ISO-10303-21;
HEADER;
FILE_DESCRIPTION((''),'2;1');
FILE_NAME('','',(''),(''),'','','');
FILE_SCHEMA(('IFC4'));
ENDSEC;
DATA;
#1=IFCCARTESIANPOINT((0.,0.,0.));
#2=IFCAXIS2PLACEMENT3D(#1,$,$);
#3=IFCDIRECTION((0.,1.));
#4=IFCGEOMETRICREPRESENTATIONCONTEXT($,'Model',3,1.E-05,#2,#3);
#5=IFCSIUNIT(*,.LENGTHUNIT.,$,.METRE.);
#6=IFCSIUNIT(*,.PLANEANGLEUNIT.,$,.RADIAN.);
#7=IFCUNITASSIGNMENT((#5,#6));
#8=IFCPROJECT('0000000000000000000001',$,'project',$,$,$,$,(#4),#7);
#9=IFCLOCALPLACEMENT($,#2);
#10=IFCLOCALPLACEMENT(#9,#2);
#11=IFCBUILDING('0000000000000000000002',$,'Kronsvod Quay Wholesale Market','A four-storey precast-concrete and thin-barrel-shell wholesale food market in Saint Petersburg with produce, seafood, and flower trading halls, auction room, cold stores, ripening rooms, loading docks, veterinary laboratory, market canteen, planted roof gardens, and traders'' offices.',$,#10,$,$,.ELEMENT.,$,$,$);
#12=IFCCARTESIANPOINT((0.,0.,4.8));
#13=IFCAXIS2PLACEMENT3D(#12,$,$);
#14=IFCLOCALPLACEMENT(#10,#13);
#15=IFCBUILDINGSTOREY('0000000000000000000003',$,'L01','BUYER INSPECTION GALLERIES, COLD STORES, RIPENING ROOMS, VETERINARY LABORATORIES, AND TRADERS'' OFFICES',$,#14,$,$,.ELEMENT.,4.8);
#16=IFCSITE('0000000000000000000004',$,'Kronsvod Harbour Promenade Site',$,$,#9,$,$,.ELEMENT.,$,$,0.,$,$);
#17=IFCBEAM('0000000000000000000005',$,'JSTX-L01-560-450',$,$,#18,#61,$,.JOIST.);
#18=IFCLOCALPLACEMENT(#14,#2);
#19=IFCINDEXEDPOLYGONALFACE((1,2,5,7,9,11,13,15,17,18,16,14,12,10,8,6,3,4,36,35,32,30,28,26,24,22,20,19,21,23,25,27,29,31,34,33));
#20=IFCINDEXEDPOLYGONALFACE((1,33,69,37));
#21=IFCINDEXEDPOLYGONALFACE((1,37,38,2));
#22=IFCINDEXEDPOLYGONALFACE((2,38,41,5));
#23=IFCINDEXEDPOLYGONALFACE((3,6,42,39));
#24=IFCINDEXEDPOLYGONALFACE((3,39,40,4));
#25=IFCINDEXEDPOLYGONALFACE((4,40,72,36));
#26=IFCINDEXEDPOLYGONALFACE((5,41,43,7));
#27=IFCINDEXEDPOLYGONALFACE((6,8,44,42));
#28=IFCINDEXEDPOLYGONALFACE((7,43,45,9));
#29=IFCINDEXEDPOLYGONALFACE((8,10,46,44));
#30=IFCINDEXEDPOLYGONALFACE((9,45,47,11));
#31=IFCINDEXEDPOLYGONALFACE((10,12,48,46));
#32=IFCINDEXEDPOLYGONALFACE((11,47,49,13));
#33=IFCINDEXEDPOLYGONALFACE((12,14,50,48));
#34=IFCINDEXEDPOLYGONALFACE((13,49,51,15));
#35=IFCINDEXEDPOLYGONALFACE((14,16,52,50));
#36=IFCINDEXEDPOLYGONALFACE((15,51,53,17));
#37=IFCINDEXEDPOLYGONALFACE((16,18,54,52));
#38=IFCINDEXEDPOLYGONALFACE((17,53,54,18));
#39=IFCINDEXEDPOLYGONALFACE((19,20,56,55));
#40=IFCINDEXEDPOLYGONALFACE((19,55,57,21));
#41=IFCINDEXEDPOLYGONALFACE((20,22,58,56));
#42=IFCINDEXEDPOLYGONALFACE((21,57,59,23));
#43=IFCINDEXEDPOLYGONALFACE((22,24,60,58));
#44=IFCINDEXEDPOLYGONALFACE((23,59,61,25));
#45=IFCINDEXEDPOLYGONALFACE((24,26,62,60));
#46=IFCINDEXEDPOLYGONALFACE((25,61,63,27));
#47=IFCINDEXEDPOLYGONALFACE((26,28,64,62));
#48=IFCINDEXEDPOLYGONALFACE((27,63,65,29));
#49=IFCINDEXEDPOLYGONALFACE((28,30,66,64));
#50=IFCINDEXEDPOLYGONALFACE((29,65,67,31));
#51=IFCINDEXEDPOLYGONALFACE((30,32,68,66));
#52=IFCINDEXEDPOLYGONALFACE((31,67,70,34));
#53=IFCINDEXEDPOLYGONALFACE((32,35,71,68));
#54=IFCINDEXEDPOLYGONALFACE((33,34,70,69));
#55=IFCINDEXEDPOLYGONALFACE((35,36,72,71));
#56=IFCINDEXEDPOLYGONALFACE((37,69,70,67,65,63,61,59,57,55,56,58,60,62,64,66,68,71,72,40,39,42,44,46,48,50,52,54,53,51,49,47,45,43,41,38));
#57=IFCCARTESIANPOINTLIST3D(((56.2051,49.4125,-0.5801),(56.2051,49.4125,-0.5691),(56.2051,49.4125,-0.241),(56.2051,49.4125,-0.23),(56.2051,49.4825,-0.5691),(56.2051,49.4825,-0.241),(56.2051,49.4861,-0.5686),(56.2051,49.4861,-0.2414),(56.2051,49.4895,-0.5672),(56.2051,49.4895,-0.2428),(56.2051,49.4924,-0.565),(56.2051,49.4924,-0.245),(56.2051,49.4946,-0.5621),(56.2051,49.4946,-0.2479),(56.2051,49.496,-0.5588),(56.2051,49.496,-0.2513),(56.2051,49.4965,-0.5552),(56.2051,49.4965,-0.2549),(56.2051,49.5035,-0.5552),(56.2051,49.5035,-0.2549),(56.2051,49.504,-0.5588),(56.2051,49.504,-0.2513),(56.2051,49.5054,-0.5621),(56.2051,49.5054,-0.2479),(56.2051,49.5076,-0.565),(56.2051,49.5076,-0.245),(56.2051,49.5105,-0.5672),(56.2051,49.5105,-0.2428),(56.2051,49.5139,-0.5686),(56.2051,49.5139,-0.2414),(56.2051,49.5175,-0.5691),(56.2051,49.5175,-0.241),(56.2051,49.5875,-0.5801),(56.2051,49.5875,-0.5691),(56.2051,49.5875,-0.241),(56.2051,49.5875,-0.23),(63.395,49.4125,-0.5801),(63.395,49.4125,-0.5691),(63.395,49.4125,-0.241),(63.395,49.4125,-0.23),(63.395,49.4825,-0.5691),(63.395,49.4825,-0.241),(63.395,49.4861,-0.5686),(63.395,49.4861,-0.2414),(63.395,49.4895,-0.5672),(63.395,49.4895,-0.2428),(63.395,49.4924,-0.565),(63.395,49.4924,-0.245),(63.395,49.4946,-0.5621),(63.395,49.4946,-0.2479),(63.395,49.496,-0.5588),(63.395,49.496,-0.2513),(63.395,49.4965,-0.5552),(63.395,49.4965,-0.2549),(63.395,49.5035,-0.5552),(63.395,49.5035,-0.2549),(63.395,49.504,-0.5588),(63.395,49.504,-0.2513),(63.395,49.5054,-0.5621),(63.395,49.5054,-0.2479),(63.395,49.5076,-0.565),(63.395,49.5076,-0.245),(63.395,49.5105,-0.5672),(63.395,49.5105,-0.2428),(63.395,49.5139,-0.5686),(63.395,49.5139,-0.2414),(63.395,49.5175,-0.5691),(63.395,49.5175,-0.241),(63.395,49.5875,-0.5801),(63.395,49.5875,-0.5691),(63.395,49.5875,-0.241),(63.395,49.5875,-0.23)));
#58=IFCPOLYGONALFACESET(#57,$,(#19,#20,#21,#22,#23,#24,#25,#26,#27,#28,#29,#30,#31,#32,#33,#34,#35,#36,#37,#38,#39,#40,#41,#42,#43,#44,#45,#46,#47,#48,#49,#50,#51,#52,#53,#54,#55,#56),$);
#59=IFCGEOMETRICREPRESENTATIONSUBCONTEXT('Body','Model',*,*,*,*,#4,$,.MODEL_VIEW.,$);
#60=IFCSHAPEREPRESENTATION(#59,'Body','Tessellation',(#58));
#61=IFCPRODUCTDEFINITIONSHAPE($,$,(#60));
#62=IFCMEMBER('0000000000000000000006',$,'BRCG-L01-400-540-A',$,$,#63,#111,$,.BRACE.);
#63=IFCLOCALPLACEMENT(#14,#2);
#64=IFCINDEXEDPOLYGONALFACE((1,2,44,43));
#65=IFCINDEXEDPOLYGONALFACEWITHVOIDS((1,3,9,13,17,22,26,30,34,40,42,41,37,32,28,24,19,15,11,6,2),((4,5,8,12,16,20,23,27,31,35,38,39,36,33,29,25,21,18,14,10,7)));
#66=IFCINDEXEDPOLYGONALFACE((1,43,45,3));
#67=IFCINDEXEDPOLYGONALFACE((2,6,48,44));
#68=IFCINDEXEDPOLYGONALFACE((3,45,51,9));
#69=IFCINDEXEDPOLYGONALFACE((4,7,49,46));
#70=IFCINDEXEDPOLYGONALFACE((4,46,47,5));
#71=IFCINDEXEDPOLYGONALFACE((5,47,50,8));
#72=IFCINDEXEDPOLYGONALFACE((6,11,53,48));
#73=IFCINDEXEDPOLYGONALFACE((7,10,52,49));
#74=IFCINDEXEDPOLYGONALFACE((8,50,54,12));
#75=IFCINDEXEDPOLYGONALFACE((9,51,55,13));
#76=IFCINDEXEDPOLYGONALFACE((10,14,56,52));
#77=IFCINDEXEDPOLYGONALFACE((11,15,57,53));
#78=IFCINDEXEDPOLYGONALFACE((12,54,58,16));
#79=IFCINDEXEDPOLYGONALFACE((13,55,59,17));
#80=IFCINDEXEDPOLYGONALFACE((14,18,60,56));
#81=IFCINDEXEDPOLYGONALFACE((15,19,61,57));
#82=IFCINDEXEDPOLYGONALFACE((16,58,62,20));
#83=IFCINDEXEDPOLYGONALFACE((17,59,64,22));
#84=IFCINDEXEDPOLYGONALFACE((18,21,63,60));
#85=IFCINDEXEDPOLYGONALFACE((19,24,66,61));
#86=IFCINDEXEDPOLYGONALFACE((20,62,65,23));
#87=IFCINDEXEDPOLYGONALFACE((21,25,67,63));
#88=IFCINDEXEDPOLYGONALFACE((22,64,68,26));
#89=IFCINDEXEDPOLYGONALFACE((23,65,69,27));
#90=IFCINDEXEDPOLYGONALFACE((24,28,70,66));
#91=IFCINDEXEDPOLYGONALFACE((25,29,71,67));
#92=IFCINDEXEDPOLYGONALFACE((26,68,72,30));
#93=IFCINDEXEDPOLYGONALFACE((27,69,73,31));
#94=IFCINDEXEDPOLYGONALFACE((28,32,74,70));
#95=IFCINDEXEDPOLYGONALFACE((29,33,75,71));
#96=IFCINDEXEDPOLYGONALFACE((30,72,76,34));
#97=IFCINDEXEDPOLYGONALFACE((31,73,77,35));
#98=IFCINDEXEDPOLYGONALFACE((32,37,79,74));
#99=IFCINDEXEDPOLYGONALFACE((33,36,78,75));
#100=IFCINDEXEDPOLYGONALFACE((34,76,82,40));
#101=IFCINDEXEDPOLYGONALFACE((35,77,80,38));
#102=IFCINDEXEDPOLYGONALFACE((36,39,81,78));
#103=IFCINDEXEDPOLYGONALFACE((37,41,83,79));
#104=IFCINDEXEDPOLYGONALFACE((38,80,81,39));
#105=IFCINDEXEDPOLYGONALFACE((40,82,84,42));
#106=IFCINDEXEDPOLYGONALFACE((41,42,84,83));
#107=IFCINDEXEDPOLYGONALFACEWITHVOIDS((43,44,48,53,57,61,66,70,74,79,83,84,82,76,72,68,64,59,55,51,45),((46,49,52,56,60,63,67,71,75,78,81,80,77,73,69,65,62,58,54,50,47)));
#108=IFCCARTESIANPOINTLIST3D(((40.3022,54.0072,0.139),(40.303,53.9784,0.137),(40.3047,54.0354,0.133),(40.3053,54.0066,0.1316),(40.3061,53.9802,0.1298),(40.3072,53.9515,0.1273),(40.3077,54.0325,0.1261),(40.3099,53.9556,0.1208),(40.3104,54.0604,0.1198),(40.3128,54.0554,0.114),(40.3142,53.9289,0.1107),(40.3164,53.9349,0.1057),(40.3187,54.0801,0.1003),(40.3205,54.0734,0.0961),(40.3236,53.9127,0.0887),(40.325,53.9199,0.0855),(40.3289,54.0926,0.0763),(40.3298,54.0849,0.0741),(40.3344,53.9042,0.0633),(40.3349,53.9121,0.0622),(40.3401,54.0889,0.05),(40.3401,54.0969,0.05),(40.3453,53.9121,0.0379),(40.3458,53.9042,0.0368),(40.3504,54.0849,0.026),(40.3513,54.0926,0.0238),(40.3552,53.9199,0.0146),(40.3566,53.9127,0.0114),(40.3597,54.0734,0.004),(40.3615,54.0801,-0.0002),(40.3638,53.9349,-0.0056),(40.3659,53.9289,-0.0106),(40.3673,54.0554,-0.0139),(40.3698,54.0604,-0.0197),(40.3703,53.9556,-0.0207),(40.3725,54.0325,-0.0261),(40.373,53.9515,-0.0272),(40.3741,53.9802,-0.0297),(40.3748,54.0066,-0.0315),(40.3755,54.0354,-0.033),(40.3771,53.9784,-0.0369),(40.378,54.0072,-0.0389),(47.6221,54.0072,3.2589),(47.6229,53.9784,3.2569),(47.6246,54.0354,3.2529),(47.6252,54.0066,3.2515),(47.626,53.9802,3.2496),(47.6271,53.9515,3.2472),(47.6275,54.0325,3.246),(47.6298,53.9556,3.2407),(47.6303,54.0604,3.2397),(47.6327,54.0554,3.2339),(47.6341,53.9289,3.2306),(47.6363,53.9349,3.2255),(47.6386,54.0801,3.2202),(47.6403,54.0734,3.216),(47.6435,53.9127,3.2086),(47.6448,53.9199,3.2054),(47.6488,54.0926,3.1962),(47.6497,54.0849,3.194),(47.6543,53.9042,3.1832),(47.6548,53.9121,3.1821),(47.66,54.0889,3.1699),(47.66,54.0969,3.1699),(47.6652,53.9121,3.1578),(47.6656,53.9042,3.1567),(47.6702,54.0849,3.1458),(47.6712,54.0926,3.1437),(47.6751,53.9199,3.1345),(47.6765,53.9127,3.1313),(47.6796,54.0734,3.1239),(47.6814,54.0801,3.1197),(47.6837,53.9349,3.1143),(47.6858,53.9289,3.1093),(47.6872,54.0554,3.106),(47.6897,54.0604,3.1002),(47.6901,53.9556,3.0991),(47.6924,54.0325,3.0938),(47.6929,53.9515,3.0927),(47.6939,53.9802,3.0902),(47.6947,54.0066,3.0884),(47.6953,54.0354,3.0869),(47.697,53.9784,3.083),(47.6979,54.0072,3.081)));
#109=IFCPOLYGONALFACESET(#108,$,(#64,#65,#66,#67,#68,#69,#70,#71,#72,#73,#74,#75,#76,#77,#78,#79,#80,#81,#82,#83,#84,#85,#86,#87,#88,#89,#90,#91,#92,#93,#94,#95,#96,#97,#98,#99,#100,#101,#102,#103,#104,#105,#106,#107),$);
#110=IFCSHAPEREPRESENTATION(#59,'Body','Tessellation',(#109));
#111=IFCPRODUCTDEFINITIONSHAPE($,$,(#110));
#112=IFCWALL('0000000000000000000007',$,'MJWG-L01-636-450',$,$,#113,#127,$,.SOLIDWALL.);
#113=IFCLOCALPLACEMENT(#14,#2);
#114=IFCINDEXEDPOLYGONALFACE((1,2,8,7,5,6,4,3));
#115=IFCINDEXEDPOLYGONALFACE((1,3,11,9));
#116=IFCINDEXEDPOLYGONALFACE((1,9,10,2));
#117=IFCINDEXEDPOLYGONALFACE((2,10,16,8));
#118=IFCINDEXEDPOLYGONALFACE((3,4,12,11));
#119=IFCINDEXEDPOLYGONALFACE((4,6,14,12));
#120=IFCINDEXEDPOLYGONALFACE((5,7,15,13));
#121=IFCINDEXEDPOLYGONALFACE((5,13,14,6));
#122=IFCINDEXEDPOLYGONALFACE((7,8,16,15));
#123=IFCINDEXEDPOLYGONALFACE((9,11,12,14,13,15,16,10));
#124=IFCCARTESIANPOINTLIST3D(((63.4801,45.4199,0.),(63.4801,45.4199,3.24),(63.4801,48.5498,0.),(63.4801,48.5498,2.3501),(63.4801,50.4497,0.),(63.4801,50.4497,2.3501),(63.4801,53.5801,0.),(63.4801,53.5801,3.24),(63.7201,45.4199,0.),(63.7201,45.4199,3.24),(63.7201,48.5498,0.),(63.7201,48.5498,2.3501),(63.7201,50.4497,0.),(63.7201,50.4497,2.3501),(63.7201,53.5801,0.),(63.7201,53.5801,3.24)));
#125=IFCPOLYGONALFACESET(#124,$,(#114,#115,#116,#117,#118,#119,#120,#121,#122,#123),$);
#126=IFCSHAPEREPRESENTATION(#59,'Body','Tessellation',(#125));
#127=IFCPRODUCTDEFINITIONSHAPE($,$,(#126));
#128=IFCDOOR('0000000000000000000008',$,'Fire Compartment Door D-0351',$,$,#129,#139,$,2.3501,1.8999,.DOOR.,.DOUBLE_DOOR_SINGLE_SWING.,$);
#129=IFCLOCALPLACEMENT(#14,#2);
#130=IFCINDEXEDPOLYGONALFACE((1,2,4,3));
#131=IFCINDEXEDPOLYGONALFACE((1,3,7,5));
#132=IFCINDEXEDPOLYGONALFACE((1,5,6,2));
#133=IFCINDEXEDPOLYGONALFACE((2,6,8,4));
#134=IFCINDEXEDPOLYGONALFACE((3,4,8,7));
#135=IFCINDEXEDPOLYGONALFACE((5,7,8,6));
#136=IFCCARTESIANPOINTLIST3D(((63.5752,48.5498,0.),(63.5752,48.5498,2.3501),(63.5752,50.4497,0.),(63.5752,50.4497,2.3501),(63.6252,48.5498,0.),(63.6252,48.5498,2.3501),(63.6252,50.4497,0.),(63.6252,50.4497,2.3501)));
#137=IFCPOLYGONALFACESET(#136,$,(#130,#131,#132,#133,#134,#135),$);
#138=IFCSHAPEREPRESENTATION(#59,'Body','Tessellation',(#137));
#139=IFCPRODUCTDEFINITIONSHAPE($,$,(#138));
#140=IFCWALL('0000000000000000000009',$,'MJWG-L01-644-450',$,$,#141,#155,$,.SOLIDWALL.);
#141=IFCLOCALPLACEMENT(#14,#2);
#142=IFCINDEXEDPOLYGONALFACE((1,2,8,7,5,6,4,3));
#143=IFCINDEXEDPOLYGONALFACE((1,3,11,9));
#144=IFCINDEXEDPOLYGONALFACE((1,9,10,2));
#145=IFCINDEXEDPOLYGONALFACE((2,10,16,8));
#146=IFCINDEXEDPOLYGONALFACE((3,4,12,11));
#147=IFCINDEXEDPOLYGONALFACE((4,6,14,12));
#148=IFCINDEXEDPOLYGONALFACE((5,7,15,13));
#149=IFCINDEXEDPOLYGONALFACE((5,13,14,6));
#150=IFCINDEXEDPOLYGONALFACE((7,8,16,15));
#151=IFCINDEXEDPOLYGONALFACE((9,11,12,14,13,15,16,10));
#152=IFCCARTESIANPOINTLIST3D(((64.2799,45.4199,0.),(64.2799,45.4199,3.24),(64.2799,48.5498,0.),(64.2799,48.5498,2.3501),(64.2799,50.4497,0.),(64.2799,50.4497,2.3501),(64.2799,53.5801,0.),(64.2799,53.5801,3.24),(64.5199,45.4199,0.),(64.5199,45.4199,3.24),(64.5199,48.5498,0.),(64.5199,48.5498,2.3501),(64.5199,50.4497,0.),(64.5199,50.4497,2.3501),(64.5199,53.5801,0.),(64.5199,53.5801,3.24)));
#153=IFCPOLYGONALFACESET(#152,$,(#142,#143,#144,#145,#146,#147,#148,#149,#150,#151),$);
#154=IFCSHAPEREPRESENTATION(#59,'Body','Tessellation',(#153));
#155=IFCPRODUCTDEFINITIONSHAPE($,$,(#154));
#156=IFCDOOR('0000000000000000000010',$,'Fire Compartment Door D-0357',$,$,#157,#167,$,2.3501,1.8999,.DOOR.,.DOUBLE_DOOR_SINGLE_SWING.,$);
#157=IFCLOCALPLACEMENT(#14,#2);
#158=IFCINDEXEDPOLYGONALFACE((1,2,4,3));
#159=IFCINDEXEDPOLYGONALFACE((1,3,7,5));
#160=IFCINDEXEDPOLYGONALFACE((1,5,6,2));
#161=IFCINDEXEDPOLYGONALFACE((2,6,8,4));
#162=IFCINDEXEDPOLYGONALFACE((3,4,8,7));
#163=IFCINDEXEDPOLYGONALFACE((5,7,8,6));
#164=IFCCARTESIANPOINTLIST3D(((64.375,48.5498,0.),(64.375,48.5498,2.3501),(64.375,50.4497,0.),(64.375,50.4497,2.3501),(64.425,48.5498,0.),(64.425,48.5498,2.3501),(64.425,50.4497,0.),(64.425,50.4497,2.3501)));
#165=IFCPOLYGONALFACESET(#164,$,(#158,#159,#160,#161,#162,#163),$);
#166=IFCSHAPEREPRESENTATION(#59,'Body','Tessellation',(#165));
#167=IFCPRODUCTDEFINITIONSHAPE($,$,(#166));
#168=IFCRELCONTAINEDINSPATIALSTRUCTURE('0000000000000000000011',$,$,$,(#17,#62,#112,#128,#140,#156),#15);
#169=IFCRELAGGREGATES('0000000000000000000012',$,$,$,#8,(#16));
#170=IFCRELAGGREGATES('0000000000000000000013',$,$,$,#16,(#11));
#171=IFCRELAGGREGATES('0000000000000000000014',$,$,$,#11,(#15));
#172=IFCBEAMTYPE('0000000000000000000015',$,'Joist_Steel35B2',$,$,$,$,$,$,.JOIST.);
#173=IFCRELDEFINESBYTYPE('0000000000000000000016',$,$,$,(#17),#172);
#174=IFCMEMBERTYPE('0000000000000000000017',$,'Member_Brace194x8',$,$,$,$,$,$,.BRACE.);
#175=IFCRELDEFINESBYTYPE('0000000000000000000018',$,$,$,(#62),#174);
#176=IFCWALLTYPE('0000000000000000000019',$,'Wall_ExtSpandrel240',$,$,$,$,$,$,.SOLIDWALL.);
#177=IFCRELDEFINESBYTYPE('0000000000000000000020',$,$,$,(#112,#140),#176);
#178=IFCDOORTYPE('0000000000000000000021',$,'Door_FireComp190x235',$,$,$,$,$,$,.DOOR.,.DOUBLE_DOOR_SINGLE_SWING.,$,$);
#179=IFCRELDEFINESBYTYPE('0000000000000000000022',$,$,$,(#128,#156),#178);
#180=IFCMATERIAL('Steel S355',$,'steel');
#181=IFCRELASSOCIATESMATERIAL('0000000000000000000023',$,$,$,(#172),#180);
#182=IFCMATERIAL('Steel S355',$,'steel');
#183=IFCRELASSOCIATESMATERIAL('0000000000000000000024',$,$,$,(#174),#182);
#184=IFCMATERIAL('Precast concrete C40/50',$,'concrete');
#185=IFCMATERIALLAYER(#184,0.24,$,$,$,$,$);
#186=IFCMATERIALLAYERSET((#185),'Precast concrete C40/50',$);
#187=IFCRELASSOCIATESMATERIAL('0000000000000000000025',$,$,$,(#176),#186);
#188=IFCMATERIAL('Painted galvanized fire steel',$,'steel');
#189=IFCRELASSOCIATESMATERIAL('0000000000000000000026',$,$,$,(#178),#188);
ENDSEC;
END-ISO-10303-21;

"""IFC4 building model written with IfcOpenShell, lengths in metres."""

from ifc_helpers import new_model, si_unit, direction, frame, frame_2d, origin, origin_2d, place, context, subcontext, project, spatial, rectangle, hollow_circle, i_section, extrude, material, layer, layer_set, material_profile, profile_set, type_object, element, fill, save


model = new_model("IFC4")

# Units and contexts
model_context = context("Model", 3, precision=1e-05, world=origin(), true_north=direction((0.0, 1.0)))
body_context = subcontext(model_context, "Body", "Model", "MODEL_VIEW")
ifc_project = project(units=[si_unit("LENGTHUNIT", "METRE"), si_unit("PLANEANGLEUNIT", "RADIAN")], contexts=[model_context])

# Site, building, storey
site_placement = place(None, origin())
site = spatial("IfcSite", under=ifc_project, at=site_placement, Name="Kronsvod Harbour Promenade Site", CompositionType="ELEMENT", RefElevation=0.0)
building_placement = place(site_placement, origin())
building = spatial("IfcBuilding", under=site, at=building_placement, Name="Kronsvod Quay Wholesale Market", Description="A four-storey precast-concrete and thin-barrel-shell wholesale food market in Saint Petersburg with produce, seafood, and flower trading halls, auction room, cold stores, ripening rooms, loading docks, veterinary laboratory, market canteen, planted roof gardens, and traders' offices.", CompositionType="ELEMENT")
storey_placement = place(building_placement, frame((0.0, 0.0, 4.8)))
storey = spatial("IfcBuildingStorey", under=building, at=storey_placement, Name="L01", Description="BUYER INSPECTION GALLERIES, COLD STORES, RIPENING ROOMS, VETERINARY LABORATORIES, AND TRADERS' OFFICES", CompositionType="ELEMENT", Elevation=4.8)

# Beam
ifc_material_1 = material(Name="Steel S355", Category="steel")
ifc_material_profile_1 = material_profile(ifc_material_1, i_section(OverallWidth=0.175, OverallDepth=0.3501, WebThickness=0.0071, FlangeThickness=0.011, FilletRadius=0.0139, at=origin_2d()), Name="35B2")
ifc_profile_set_1 = profile_set([ifc_material_profile_1], Name="Steel S355")
beam_type_1 = type_object("IfcBeamType", Name="Joist_Steel35B2", PredefinedType="JOIST", material=ifc_profile_set_1)
beam_1_placement = place(storey_placement, frame((56.2051, 49.5, -0.405), z_axis=(1.0, 0.0, 0.0), x_axis=(0.0, 1.0, 0.0)))
element("IfcBeam", 1, at=beam_1_placement, inside=storey, type_object=beam_type_1, Name="JSTX-L01-560-450", PredefinedType="JOIST", context=body_context, shape_type="SweptSolid", body=[
    extrude(i_section(OverallWidth=0.175, OverallDepth=0.3501, WebThickness=0.0071, FlangeThickness=0.011, FilletRadius=0.0139, at=origin_2d()), origin(), (0.0, 0.0, 1.0), 7.1899),
])

# Member
ifc_material_2 = material(Name="Steel S355", Category="steel")
ifc_material_profile_2 = material_profile(ifc_material_2, hollow_circle(Radius=0.0969, WallThickness=0.0081, at=origin_2d()), Name="CHS194x8")
ifc_profile_set_2 = profile_set([ifc_material_profile_2], Name="Steel S355")
member_type = type_object("IfcMemberType", Name="Member_Brace194x8", PredefinedType="BRACE", material=ifc_profile_set_2)
member_placement = place(storey_placement, frame((40.3401, 54.0, 0.05), z_axis=(0.919926, 0.0, 0.392093), x_axis=(0.0, 1.0, 0.0)))
element("IfcMember", 2, at=member_placement, inside=storey, type_object=member_type, Name="BRCG-L01-400-540-A", PredefinedType="BRACE", context=body_context, shape_type="SweptSolid", body=[
    extrude(hollow_circle(Radius=0.0969, WallThickness=0.0081, at=origin_2d()), origin(), (0.0, 0.0, 1.0), 7.957),
])

# Walls, openings, doors
ifc_material_3 = material(Name="Precast concrete C40/50", Category="concrete")
ifc_layer_1 = layer(ifc_material_3, 0.24)
ifc_layer_set_1 = layer_set([ifc_layer_1], Name="Precast concrete C40/50")
wall_type_1 = type_object("IfcWallType", Name="Wall_ExtSpandrel240", PredefinedType="SOLIDWALL", material=ifc_layer_set_1)
wall_1_placement = place(storey_placement, frame((63.6001, 45.4199, 0.0), z_axis=(0.0, 0.0, 1.0), x_axis=(0.0, 1.0, 0.0)))
wall_1 = element("IfcWall", 3, at=wall_1_placement, inside=storey, type_object=wall_type_1, Name="MJWG-L01-636-450", PredefinedType="SOLIDWALL", context=body_context, shape_type="SweptSolid", body=[
    extrude(rectangle(XDim=8.1602, YDim=0.24, at=frame_2d((4.0801, 0.0))), origin(), (0.0, 0.0, 1.0), 3.24),
])
opening_1_placement = place(wall_1_placement, frame((3.1299, 0.0, 0.0)))
opening_1 = element("IfcOpeningElement", 4, at=opening_1_placement, cuts=wall_1, PredefinedType="OPENING", context=body_context, shape_type="SweptSolid", body=[
    extrude(rectangle(XDim=1.8999, YDim=2.3501, at=frame_2d((0.95, 1.175))), frame((0.0, 0.1299, 0.0), z_axis=(0.0, -1.0, 0.0), x_axis=(1.0, 0.0, 0.0)), (0.0, 0.0, 1.0), 0.26),
])
ifc_material_4 = material(Name="Painted galvanized fire steel", Category="steel")
door_type_1 = type_object("IfcDoorType", Name="Door_FireComp190x235", OperationType="DOUBLE_DOOR_SINGLE_SWING", PredefinedType="DOOR", material=ifc_material_4)
door_1_placement = place(opening_1_placement, origin())
door_1 = element("IfcDoor", 5, at=door_1_placement, inside=storey, type_object=door_type_1, Name="Fire Compartment Door D-0351", OperationType="DOUBLE_DOOR_SINGLE_SWING", OverallHeight=2.3501, OverallWidth=1.8999, PredefinedType="DOOR", context=body_context, shape_type="SweptSolid", body=[
    extrude(rectangle(XDim=1.8999, YDim=2.3501, at=frame_2d((0.95, 1.175))), frame((0.0, 0.0249, 0.0), z_axis=(0.0, -1.0, 0.0), x_axis=(1.0, 0.0, 0.0)), (0.0, 0.0, 1.0), 0.05),
])
fill(opening_1, door_1)
wall_2_placement = place(storey_placement, frame((64.3999, 45.4199, 0.0), z_axis=(0.0, 0.0, 1.0), x_axis=(0.0, 1.0, 0.0)))
wall_2 = element("IfcWall", 6, at=wall_2_placement, inside=storey, type_object=wall_type_1, Name="MJWG-L01-644-450", PredefinedType="SOLIDWALL", context=body_context, shape_type="SweptSolid", body=[
    extrude(rectangle(XDim=8.1602, YDim=0.24, at=frame_2d((4.0801, 0.0))), origin(), (0.0, 0.0, 1.0), 3.24),
])
opening_2_placement = place(wall_2_placement, frame((3.1299, 0.0, 0.0)))
opening_2 = element("IfcOpeningElement", 7, at=opening_2_placement, cuts=wall_2, PredefinedType="OPENING", context=body_context, shape_type="SweptSolid", body=[
    extrude(rectangle(XDim=1.8999, YDim=2.3501, at=frame_2d((0.95, 1.175))), frame((0.0, 0.1299, 0.0), z_axis=(0.0, -1.0, 0.0), x_axis=(1.0, 0.0, 0.0)), (0.0, 0.0, 1.0), 0.26),
])
door_2_placement = place(opening_2_placement, origin())
door_2 = element("IfcDoor", 8, at=door_2_placement, inside=storey, type_object=door_type_1, Name="Fire Compartment Door D-0357", OperationType="DOUBLE_DOOR_SINGLE_SWING", OverallHeight=2.3501, OverallWidth=1.8999, PredefinedType="DOOR", context=body_context, shape_type="SweptSolid", body=[
    extrude(rectangle(XDim=1.8999, YDim=2.3501, at=frame_2d((0.95, 1.175))), frame((0.0, 0.0249, 0.0), z_axis=(0.0, -1.0, 0.0), x_axis=(1.0, 0.0, 0.0)), (0.0, 0.0, 1.0), 0.05),
])
fill(opening_2, door_2)

save(model, "model.ifc")
